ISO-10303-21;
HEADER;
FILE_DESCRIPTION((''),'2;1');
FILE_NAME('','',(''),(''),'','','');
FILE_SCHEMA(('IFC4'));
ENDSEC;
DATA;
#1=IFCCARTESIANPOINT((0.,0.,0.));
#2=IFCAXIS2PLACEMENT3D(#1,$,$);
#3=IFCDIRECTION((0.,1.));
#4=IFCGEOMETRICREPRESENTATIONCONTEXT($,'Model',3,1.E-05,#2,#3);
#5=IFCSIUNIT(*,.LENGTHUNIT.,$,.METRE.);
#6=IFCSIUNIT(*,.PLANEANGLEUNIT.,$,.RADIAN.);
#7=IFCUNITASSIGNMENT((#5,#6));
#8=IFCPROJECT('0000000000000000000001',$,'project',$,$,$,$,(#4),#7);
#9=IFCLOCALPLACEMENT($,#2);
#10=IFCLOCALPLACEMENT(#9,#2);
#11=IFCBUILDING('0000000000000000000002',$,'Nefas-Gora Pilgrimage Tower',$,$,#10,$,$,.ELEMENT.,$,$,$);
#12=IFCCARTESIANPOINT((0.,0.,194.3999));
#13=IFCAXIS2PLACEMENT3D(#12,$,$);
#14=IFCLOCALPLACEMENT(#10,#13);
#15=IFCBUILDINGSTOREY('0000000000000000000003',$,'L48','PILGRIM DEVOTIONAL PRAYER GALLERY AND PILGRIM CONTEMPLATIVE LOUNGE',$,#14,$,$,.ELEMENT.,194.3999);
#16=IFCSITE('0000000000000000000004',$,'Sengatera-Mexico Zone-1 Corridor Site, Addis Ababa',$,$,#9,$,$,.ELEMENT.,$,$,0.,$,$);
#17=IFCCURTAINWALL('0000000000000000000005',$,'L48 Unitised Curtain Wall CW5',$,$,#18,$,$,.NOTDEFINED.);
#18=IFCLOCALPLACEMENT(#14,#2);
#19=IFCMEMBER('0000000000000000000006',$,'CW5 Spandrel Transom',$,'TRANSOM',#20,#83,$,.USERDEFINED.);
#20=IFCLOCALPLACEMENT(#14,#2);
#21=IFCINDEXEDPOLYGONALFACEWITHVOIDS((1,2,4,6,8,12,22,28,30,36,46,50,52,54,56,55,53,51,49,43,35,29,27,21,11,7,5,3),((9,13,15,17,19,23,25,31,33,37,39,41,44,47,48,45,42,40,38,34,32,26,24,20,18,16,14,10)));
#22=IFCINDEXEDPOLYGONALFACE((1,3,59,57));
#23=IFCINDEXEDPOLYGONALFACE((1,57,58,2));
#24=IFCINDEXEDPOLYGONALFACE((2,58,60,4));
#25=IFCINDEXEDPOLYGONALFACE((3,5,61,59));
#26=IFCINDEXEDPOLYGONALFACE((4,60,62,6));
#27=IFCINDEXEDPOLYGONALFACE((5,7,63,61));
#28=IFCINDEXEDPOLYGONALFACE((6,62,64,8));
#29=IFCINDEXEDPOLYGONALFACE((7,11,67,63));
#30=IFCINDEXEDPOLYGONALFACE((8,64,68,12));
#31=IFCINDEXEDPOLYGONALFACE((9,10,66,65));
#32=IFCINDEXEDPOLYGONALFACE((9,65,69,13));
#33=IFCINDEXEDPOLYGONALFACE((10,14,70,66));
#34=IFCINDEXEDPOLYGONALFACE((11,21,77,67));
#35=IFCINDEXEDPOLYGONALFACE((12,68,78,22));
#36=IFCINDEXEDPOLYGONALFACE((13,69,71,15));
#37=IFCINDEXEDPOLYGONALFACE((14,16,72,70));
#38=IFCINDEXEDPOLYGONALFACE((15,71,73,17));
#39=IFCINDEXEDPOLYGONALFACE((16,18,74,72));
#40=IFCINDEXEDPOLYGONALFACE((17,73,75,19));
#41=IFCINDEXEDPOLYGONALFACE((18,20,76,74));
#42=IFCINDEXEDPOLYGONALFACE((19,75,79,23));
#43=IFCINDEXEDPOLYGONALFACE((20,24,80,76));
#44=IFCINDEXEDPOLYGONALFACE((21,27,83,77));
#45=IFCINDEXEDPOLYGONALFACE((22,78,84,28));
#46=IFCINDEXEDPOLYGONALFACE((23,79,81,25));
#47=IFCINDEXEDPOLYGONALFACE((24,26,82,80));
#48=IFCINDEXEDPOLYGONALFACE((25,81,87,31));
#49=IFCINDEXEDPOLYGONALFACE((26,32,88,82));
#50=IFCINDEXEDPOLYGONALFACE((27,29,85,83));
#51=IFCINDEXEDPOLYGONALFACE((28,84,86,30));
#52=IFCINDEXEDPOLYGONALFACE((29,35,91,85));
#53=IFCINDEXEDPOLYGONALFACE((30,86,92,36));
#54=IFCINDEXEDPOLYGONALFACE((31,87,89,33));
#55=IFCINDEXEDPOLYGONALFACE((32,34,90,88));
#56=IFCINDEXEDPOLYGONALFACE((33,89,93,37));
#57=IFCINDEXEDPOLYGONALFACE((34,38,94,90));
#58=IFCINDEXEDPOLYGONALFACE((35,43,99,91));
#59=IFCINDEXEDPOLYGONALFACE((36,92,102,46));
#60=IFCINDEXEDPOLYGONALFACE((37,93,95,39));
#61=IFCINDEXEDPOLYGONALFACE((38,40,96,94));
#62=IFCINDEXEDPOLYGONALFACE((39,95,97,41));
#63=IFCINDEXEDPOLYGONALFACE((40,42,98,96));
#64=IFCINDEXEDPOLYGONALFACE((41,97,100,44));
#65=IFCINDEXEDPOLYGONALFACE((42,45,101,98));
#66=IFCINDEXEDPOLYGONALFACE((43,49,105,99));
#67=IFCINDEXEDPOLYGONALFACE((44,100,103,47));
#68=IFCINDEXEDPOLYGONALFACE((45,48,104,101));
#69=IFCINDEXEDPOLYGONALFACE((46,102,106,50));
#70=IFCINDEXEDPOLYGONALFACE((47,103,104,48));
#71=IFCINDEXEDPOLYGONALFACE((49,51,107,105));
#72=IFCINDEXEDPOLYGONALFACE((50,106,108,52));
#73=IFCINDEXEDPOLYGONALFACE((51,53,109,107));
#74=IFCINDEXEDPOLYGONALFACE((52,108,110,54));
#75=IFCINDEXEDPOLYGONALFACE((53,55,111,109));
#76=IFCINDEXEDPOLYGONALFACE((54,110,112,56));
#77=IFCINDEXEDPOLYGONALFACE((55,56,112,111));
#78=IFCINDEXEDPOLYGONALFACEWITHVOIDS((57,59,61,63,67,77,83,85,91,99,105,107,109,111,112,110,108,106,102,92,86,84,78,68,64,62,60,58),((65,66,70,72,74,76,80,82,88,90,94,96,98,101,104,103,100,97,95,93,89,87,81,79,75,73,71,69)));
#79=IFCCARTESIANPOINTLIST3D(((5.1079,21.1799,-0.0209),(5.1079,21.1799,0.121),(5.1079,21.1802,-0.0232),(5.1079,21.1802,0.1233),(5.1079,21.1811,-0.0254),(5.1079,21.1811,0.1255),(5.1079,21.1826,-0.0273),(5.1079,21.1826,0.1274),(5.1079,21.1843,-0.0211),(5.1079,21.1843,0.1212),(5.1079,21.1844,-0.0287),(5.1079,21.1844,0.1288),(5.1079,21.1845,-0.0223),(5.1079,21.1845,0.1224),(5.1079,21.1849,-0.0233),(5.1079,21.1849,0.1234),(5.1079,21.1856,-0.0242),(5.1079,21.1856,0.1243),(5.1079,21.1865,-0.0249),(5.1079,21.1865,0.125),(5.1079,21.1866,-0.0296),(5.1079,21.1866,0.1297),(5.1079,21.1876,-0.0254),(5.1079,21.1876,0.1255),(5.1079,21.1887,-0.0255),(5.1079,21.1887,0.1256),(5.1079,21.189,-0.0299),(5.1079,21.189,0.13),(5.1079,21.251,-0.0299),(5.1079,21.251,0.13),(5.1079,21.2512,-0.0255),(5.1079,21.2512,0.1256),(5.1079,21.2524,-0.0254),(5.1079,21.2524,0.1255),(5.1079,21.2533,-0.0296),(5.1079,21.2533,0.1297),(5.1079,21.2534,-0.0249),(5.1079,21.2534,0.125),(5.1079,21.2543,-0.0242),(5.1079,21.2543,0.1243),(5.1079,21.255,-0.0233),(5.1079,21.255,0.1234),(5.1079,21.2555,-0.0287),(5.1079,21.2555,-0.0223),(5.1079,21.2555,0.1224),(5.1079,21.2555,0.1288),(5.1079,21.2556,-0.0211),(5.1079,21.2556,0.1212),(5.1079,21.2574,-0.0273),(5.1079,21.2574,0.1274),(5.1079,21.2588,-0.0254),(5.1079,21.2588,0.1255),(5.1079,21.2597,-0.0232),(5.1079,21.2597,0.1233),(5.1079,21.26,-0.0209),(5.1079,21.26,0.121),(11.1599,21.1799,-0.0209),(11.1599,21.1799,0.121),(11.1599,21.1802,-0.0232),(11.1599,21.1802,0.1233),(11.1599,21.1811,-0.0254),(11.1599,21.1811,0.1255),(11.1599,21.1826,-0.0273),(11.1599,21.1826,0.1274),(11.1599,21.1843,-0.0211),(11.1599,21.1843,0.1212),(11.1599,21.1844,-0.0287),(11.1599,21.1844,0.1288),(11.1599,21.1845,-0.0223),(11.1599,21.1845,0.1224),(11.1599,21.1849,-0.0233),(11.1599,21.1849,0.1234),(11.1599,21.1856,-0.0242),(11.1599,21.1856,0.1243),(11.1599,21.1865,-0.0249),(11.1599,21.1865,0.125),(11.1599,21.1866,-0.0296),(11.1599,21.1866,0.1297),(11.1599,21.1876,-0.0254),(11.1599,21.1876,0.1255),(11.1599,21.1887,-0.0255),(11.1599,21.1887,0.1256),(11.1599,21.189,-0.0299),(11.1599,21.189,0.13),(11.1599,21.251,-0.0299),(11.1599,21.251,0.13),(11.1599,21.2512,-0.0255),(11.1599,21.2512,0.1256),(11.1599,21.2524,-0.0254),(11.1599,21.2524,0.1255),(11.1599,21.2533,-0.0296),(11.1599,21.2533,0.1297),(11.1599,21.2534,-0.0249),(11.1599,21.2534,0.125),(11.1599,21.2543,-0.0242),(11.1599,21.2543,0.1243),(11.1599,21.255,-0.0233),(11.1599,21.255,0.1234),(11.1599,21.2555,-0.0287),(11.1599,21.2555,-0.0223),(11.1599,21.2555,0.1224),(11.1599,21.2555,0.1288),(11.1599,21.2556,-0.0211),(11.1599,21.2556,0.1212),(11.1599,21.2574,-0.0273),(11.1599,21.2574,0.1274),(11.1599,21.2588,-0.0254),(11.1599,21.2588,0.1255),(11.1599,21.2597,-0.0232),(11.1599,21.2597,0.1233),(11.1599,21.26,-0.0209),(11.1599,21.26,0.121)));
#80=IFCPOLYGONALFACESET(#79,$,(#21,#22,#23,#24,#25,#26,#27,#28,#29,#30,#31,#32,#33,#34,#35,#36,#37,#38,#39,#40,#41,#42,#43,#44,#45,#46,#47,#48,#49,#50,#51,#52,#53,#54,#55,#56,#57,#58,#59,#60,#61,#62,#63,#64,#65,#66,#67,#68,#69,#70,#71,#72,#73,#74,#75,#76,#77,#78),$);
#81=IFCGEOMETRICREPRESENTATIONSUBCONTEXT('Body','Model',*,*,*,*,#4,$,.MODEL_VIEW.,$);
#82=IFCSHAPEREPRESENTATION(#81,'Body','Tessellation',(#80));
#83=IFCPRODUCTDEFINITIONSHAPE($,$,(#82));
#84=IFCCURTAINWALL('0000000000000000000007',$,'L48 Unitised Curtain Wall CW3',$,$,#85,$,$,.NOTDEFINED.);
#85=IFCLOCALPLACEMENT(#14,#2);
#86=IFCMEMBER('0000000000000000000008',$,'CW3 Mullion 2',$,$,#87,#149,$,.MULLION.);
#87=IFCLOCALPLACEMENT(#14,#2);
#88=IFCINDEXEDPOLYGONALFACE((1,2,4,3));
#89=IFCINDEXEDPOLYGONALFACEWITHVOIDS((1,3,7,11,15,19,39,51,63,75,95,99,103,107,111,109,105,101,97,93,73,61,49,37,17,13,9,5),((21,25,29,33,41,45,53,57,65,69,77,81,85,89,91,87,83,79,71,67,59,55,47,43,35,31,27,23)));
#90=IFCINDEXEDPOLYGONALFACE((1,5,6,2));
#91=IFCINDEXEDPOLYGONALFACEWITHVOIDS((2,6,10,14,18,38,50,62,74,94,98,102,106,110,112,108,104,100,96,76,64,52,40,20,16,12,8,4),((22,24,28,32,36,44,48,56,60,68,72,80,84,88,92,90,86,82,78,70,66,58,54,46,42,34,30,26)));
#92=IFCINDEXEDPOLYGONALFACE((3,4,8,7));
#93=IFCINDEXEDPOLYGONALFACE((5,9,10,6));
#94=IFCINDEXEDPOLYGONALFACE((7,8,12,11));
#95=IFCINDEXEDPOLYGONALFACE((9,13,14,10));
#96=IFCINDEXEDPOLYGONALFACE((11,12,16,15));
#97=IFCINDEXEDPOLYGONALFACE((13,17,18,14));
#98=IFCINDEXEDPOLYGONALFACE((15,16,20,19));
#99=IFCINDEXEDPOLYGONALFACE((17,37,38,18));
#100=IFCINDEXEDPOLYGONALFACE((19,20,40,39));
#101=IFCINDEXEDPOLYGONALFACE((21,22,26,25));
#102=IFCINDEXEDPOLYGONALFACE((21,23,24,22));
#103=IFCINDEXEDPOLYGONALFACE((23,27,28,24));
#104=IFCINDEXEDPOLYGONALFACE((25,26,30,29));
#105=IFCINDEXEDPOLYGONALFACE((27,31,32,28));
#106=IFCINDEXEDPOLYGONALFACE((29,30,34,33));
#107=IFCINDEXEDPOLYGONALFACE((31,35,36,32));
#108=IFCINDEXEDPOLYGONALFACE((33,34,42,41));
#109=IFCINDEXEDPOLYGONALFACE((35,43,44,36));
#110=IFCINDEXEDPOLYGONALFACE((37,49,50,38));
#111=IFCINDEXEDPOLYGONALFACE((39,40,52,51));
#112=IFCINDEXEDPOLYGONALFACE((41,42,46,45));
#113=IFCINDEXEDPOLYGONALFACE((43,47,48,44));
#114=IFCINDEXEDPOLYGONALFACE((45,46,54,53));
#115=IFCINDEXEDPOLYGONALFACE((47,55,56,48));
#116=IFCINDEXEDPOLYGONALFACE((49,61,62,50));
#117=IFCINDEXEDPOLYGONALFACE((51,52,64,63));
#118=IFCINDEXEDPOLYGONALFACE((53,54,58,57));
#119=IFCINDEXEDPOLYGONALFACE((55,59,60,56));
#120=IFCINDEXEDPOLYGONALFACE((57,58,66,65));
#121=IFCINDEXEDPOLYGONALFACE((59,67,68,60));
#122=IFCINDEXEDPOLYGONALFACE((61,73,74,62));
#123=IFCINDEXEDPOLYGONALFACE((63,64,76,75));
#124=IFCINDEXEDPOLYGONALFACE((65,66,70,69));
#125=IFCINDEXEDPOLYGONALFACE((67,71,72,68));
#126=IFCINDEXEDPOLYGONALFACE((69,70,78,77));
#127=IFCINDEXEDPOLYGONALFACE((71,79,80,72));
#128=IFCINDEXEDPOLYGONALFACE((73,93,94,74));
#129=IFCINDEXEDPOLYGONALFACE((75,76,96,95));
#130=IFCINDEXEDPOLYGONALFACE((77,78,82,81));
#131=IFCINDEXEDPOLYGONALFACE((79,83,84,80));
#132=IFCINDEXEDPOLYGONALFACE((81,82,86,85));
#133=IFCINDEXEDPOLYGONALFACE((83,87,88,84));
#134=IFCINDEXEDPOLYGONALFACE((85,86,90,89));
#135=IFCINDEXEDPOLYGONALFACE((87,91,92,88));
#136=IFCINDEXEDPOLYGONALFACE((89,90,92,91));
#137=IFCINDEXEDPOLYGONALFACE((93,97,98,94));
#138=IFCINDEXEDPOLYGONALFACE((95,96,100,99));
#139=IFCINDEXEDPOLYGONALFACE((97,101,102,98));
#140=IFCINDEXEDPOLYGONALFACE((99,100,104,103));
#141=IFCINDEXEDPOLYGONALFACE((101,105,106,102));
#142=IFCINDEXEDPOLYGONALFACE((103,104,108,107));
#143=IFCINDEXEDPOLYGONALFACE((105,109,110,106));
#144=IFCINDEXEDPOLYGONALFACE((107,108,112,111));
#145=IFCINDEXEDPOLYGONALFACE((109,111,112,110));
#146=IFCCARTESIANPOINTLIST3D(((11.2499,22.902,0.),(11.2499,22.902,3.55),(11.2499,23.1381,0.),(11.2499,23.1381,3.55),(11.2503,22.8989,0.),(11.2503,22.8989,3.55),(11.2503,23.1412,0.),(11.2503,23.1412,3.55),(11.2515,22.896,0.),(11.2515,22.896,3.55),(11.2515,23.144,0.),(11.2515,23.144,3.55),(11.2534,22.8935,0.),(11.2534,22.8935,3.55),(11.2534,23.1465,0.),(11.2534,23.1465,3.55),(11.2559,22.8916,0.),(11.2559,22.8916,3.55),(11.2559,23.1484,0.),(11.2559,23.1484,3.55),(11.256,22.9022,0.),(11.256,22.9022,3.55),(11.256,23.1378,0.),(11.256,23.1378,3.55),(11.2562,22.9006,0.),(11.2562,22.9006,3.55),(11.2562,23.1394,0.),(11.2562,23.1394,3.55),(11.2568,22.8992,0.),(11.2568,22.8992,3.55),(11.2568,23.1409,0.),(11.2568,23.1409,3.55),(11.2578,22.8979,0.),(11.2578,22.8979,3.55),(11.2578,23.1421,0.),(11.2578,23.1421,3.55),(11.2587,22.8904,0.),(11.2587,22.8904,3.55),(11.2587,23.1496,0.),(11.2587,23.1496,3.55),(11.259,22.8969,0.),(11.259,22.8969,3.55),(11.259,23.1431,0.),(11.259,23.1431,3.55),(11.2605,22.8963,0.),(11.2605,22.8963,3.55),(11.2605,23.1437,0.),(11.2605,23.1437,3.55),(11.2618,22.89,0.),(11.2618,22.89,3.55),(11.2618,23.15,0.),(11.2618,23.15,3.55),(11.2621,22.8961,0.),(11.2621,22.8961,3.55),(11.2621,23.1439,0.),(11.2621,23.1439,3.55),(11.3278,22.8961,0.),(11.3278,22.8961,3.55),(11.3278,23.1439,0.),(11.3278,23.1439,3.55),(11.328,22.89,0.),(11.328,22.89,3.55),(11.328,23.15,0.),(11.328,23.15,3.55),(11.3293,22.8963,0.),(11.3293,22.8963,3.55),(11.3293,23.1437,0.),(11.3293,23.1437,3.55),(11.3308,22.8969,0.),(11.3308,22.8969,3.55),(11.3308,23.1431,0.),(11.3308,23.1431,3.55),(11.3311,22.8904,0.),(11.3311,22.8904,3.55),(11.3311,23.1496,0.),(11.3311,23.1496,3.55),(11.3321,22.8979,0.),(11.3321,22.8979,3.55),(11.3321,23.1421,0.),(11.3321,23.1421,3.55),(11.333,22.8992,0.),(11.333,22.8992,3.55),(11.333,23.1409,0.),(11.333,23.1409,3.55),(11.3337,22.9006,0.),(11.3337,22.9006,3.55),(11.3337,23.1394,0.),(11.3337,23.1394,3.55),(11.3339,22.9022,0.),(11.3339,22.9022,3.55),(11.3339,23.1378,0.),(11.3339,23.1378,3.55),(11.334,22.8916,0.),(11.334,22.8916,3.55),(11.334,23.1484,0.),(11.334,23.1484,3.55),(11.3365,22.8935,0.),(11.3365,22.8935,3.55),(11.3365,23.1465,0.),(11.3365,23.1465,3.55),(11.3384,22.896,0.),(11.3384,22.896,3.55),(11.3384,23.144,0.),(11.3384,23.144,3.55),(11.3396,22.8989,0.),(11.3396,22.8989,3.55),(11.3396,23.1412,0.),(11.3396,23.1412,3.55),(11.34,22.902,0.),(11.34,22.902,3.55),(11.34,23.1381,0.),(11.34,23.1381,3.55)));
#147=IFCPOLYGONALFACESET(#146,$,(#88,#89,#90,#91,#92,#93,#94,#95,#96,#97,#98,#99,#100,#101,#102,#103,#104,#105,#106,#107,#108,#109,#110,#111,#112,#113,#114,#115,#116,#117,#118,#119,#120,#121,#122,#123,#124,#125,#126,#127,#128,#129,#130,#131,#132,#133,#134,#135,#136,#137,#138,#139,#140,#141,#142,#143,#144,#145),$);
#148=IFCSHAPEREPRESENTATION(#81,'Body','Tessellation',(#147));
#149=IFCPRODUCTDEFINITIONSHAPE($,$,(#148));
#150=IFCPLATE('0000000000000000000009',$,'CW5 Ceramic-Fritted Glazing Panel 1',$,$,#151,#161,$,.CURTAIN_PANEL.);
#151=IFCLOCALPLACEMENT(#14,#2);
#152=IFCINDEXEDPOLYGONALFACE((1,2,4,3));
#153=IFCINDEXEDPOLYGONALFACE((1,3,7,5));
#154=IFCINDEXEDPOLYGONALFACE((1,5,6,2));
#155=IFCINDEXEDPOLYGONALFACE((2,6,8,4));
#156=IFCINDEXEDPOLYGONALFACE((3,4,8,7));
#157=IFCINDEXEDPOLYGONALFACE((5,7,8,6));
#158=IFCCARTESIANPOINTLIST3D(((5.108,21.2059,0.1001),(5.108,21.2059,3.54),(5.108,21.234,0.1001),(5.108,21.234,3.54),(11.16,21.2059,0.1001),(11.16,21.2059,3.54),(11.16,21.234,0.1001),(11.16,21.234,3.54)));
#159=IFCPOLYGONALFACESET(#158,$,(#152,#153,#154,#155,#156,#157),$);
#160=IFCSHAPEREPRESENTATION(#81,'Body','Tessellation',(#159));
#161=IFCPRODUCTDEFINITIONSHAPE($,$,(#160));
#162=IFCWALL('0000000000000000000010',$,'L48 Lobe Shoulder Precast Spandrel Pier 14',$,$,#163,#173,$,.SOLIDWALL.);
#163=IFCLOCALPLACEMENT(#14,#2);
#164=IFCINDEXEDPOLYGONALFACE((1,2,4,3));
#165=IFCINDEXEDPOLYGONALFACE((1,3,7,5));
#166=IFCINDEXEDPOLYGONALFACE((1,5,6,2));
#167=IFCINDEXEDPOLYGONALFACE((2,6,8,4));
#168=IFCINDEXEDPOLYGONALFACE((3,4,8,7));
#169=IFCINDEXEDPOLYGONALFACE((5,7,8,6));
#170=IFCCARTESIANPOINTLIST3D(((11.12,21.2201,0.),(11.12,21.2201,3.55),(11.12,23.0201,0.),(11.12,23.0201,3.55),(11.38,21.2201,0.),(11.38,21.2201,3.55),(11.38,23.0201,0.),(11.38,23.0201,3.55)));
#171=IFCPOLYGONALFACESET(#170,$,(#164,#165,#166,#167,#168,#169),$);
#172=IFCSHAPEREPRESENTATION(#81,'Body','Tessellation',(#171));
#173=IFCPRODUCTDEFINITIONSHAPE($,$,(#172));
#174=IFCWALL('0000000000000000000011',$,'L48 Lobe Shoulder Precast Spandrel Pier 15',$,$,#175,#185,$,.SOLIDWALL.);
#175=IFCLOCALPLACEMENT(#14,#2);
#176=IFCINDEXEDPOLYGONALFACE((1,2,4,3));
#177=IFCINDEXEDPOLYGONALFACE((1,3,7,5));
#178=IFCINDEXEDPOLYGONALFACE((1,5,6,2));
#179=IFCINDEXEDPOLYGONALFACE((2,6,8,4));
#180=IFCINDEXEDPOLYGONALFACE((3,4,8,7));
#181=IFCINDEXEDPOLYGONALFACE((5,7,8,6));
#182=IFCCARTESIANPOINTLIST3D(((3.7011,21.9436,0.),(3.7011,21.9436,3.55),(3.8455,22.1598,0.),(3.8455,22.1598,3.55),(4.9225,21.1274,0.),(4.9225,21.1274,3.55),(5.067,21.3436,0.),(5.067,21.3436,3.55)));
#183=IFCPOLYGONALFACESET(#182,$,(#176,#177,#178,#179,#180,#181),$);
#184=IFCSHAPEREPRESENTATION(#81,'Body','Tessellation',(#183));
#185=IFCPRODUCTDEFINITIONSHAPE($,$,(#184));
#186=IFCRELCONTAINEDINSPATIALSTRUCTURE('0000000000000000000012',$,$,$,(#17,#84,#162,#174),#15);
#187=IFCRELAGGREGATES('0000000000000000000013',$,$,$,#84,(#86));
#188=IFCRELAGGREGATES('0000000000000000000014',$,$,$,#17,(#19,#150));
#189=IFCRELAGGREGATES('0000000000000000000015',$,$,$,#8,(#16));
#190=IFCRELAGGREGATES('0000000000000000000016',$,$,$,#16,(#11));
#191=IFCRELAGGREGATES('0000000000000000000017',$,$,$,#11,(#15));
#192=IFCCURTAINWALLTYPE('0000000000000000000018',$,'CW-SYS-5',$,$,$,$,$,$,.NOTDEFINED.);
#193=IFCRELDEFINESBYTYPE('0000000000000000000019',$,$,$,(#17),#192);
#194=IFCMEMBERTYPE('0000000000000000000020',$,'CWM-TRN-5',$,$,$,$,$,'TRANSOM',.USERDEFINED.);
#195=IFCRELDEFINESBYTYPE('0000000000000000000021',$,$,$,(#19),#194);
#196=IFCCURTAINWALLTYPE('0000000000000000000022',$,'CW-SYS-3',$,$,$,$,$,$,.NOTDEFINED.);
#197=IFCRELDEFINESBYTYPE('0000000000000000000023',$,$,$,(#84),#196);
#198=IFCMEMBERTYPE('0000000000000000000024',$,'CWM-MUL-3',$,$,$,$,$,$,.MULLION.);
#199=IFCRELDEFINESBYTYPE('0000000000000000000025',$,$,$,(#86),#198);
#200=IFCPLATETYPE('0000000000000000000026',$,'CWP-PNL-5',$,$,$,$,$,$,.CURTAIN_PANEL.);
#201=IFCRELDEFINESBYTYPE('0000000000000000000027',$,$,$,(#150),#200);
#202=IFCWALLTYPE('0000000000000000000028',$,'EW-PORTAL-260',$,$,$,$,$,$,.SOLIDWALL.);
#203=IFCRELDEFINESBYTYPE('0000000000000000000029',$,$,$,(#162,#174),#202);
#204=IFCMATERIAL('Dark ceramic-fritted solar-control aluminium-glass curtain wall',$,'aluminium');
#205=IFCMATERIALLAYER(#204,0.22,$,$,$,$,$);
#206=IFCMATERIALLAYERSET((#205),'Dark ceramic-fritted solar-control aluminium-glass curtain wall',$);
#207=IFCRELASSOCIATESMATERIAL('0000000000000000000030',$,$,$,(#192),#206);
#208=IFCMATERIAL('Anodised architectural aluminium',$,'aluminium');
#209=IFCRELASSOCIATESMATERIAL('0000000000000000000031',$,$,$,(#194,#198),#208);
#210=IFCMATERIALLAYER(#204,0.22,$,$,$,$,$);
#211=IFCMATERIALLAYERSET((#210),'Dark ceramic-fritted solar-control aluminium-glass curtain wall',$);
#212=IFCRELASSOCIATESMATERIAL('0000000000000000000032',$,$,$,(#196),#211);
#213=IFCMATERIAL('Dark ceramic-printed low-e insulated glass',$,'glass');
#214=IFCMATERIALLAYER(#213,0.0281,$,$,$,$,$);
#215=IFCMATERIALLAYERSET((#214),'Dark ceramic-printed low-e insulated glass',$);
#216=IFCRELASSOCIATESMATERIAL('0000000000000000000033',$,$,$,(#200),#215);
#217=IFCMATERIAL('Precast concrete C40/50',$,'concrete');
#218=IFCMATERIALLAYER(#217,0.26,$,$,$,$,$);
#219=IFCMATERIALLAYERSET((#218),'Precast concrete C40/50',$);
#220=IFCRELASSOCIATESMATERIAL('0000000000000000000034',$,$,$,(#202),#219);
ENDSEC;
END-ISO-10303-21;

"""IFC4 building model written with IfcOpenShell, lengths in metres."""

from ifc_helpers import new_model, si_unit, direction, frame, frame_2d, origin, origin_2d, place, context, subcontext, project, spatial, rectangle, hollow_rectangle, extrude, source, transform, mapped, material, layer, layer_set, material_profile, profile_set, type_object, element, aggregate, save


model = new_model("IFC4")

# Units and contexts
model_context = context("Model", 3, precision=1e-05, world=origin(), true_north=direction((0.0, 1.0)))
body_context = subcontext(model_context, "Body", "Model", "MODEL_VIEW")
ifc_project = project(units=[si_unit("LENGTHUNIT", "METRE"), si_unit("PLANEANGLEUNIT", "RADIAN")], contexts=[model_context])

# Site, building, storey
site_placement = place(None, origin())
site = spatial("IfcSite", under=ifc_project, at=site_placement, Name="Sengatera-Mexico Zone-1 Corridor Site, Addis Ababa", CompositionType="ELEMENT", RefElevation=0.0)
building_placement = place(site_placement, origin())
building = spatial("IfcBuilding", under=site, at=building_placement, Name="Nefas-Gora Pilgrimage Tower", CompositionType="ELEMENT")
storey_placement = place(building_placement, frame((0.0, 0.0, 194.3999)))
storey = spatial("IfcBuildingStorey", under=building, at=storey_placement, Name="L48", Description="PILGRIM DEVOTIONAL PRAYER GALLERY AND PILGRIM CONTEMPLATIVE LOUNGE", CompositionType="ELEMENT", Elevation=194.3999)

# Curtain wall, member
ifc_material_1 = material(Name="Dark ceramic-fritted solar-control aluminium-glass curtain wall", Category="aluminium")
ifc_layer_1 = layer(ifc_material_1, 0.22)
ifc_layer_set_1 = layer_set([ifc_layer_1], Name="Dark ceramic-fritted solar-control aluminium-glass curtain wall")
curtain_wall_type_1 = type_object("IfcCurtainWallType", Name="CW-SYS-5", PredefinedType="NOTDEFINED", material=ifc_layer_set_1)
curtain_wall_1_placement = place(storey_placement, origin())
curtain_wall_1 = element("IfcCurtainWall", 1, at=curtain_wall_1_placement, inside=storey, type_object=curtain_wall_type_1, Name="L48 Unitised Curtain Wall CW5", PredefinedType="NOTDEFINED")
ifc_material_2 = material(Name="Anodised architectural aluminium", Category="aluminium")
ifc_material_profile_1 = material_profile(ifc_material_2, hollow_rectangle(XDim=0.0801, YDim=0.1599, WallThickness=0.0044, InnerFilletRadius=0.0044, OuterFilletRadius=0.009, at=origin_2d()), Name="ALU TRANSOM 80x160")
ifc_profile_set_1 = profile_set([ifc_material_profile_1], Name="Anodised architectural aluminium")
member_type_1 = type_object("IfcMemberType", Name="CWM-TRN-5", ElementType="TRANSOM", PredefinedType="USERDEFINED", material=ifc_profile_set_1)
shared_shape_1 = source(origin(), body_context, "Body", "SweptSolid", [
    extrude(hollow_rectangle(XDim=0.0801, YDim=0.1599, WallThickness=0.0044, InnerFilletRadius=0.0044, OuterFilletRadius=0.009, at=origin_2d()), origin(), (0.0, 0.0, 1.0), 6.052),
])
member_1_placement = place(storey_placement, frame((11.1599, 21.22, 0.05), z_axis=(-1.0, 0.0, 0.0), x_axis=(0.0, -1.0, 0.0)))
member_1 = element("IfcMember", 2, at=member_1_placement, type_object=member_type_1, Name="CW5 Spandrel Transom", ObjectType="TRANSOM", PredefinedType="USERDEFINED", context=body_context, shape_type="MappedRepresentation", body=[
    mapped(shared_shape_1, transform((0.0, 0.0, 0.0), x_axis=(1.0, 0.0, 0.0), y_axis=(0.0, 1.0, 0.0), z_axis=(0.0, 0.0, 1.0), scale=1.0)),
])

# Curtain wall, member
ifc_layer_2 = layer(ifc_material_1, 0.22)
ifc_layer_set_2 = layer_set([ifc_layer_2], Name="Dark ceramic-fritted solar-control aluminium-glass curtain wall")
curtain_wall_type_2 = type_object("IfcCurtainWallType", Name="CW-SYS-3", PredefinedType="NOTDEFINED", material=ifc_layer_set_2)
curtain_wall_2_placement = place(storey_placement, origin())
curtain_wall_2 = element("IfcCurtainWall", 3, at=curtain_wall_2_placement, inside=storey, type_object=curtain_wall_type_2, Name="L48 Unitised Curtain Wall CW3", PredefinedType="NOTDEFINED")
ifc_material_profile_2 = material_profile(ifc_material_2, hollow_rectangle(XDim=0.0901, YDim=0.26, WallThickness=0.0061, InnerFilletRadius=0.0061, OuterFilletRadius=0.012, at=origin_2d()), Name="ALU MULLION 90x260")
ifc_profile_set_2 = profile_set([ifc_material_profile_2], Name="Anodised architectural aluminium")
member_type_2 = type_object("IfcMemberType", Name="CWM-MUL-3", PredefinedType="MULLION", material=ifc_profile_set_2)
shared_shape_2 = source(origin(), body_context, "Body", "SweptSolid", [
    extrude(hollow_rectangle(XDim=0.0901, YDim=0.26, WallThickness=0.0061, InnerFilletRadius=0.0061, OuterFilletRadius=0.012, at=origin_2d()), origin(), (0.0, 0.0, 1.0), 3.55),
])
member_2_placement = place(storey_placement, frame((11.2949, 23.02, 0.0), z_axis=(0.0, 0.0, 1.0), x_axis=(-1.0, 0.0, 0.0)))
member_2 = element("IfcMember", 4, at=member_2_placement, type_object=member_type_2, Name="CW3 Mullion 2", PredefinedType="MULLION", context=body_context, shape_type="MappedRepresentation", body=[
    mapped(shared_shape_2, transform((0.0, 0.0, 0.0), x_axis=(1.0, 0.0, 0.0), y_axis=(0.0, 1.0, 0.0), z_axis=(0.0, 0.0, 1.0), scale=1.0)),
])
aggregate(curtain_wall_2, [member_2])

# Plate
ifc_material_3 = material(Name="Dark ceramic-printed low-e insulated glass", Category="glass")
ifc_layer_3 = layer(ifc_material_3, 0.0281)
ifc_layer_set_3 = layer_set([ifc_layer_3], Name="Dark ceramic-printed low-e insulated glass")
plate_type = type_object("IfcPlateType", Name="CWP-PNL-5", PredefinedType="CURTAIN_PANEL", material=ifc_layer_set_3)
shared_shape_3 = source(origin(), body_context, "Body", "SweptSolid", [
    extrude(rectangle(XDim=6.052, YDim=0.0281, at=origin_2d()), origin(), (0.0, 0.0, 1.0), 3.4399),
])
plate_placement = place(storey_placement, frame((8.134, 21.22, 0.1001), z_axis=(0.0, 0.0, 1.0), x_axis=(-1.0, 0.0, 0.0)))
plate = element("IfcPlate", 5, at=plate_placement, type_object=plate_type, Name="CW5 Ceramic-Fritted Glazing Panel 1", PredefinedType="CURTAIN_PANEL", context=body_context, shape_type="MappedRepresentation", body=[
    mapped(shared_shape_3, transform((0.0, 0.0, 0.0), x_axis=(1.0, 0.0, 0.0), y_axis=(0.0, 1.0, 0.0), z_axis=(0.0, 0.0, 1.0), scale=1.0)),
])
aggregate(curtain_wall_1, [member_1, plate])

# Walls
ifc_material_4 = material(Name="Precast concrete C40/50", Category="concrete")
ifc_layer_4 = layer(ifc_material_4, 0.26)
ifc_layer_set_4 = layer_set([ifc_layer_4], Name="Precast concrete C40/50")
wall_type_1 = type_object("IfcWallType", Name="EW-PORTAL-260", PredefinedType="SOLIDWALL", material=ifc_layer_set_4)
shared_shape_4 = source(origin(), body_context, "Body", "SweptSolid", [
    extrude(rectangle(XDim=1.8, YDim=0.26, at=frame_2d((0.8999, 0.0))), origin(), (0.0, 0.0, 1.0), 3.55),
])
wall_1_placement = place(storey_placement, frame((11.25, 23.02, 0.0), z_axis=(0.0, 0.0, 1.0), x_axis=(0.0, -1.0, 0.0)))
element("IfcWall", 6, at=wall_1_placement, inside=storey, type_object=wall_type_1, Name="L48 Lobe Shoulder Precast Spandrel Pier 14", PredefinedType="SOLIDWALL", context=body_context, shape_type="MappedRepresentation", body=[
    mapped(shared_shape_4, transform((0.0, 0.0, 0.0), x_axis=(1.0, 0.0, 0.0), y_axis=(0.0, 1.0, 0.0), z_axis=(0.0, 0.0, 1.0), scale=1.0)),
])
shared_shape_5 = source(origin(), body_context, "Body", "SweptSolid", [
    extrude(rectangle(XDim=1.469, YDim=0.26, at=frame_2d((0.7344, 0.0))), origin(), (0.0, 0.0, 1.0), 3.55),
])
wall_2_placement = place(storey_placement, frame((4.9946, 21.2356, 0.0), z_axis=(0.0, 0.0, 1.0), x_axis=(-0.831462, 0.555582, 0.0)))
element("IfcWall", 7, at=wall_2_placement, inside=storey, type_object=wall_type_1, Name="L48 Lobe Shoulder Precast Spandrel Pier 15", PredefinedType="SOLIDWALL", context=body_context, shape_type="MappedRepresentation", body=[
    mapped(shared_shape_5, transform((0.0, 0.0, 0.0), x_axis=(1.0, 0.0, 0.0), y_axis=(0.0, 1.0, 0.0), z_axis=(0.0, 0.0, 1.0), scale=1.0)),
])

save(model, "model.ifc")
